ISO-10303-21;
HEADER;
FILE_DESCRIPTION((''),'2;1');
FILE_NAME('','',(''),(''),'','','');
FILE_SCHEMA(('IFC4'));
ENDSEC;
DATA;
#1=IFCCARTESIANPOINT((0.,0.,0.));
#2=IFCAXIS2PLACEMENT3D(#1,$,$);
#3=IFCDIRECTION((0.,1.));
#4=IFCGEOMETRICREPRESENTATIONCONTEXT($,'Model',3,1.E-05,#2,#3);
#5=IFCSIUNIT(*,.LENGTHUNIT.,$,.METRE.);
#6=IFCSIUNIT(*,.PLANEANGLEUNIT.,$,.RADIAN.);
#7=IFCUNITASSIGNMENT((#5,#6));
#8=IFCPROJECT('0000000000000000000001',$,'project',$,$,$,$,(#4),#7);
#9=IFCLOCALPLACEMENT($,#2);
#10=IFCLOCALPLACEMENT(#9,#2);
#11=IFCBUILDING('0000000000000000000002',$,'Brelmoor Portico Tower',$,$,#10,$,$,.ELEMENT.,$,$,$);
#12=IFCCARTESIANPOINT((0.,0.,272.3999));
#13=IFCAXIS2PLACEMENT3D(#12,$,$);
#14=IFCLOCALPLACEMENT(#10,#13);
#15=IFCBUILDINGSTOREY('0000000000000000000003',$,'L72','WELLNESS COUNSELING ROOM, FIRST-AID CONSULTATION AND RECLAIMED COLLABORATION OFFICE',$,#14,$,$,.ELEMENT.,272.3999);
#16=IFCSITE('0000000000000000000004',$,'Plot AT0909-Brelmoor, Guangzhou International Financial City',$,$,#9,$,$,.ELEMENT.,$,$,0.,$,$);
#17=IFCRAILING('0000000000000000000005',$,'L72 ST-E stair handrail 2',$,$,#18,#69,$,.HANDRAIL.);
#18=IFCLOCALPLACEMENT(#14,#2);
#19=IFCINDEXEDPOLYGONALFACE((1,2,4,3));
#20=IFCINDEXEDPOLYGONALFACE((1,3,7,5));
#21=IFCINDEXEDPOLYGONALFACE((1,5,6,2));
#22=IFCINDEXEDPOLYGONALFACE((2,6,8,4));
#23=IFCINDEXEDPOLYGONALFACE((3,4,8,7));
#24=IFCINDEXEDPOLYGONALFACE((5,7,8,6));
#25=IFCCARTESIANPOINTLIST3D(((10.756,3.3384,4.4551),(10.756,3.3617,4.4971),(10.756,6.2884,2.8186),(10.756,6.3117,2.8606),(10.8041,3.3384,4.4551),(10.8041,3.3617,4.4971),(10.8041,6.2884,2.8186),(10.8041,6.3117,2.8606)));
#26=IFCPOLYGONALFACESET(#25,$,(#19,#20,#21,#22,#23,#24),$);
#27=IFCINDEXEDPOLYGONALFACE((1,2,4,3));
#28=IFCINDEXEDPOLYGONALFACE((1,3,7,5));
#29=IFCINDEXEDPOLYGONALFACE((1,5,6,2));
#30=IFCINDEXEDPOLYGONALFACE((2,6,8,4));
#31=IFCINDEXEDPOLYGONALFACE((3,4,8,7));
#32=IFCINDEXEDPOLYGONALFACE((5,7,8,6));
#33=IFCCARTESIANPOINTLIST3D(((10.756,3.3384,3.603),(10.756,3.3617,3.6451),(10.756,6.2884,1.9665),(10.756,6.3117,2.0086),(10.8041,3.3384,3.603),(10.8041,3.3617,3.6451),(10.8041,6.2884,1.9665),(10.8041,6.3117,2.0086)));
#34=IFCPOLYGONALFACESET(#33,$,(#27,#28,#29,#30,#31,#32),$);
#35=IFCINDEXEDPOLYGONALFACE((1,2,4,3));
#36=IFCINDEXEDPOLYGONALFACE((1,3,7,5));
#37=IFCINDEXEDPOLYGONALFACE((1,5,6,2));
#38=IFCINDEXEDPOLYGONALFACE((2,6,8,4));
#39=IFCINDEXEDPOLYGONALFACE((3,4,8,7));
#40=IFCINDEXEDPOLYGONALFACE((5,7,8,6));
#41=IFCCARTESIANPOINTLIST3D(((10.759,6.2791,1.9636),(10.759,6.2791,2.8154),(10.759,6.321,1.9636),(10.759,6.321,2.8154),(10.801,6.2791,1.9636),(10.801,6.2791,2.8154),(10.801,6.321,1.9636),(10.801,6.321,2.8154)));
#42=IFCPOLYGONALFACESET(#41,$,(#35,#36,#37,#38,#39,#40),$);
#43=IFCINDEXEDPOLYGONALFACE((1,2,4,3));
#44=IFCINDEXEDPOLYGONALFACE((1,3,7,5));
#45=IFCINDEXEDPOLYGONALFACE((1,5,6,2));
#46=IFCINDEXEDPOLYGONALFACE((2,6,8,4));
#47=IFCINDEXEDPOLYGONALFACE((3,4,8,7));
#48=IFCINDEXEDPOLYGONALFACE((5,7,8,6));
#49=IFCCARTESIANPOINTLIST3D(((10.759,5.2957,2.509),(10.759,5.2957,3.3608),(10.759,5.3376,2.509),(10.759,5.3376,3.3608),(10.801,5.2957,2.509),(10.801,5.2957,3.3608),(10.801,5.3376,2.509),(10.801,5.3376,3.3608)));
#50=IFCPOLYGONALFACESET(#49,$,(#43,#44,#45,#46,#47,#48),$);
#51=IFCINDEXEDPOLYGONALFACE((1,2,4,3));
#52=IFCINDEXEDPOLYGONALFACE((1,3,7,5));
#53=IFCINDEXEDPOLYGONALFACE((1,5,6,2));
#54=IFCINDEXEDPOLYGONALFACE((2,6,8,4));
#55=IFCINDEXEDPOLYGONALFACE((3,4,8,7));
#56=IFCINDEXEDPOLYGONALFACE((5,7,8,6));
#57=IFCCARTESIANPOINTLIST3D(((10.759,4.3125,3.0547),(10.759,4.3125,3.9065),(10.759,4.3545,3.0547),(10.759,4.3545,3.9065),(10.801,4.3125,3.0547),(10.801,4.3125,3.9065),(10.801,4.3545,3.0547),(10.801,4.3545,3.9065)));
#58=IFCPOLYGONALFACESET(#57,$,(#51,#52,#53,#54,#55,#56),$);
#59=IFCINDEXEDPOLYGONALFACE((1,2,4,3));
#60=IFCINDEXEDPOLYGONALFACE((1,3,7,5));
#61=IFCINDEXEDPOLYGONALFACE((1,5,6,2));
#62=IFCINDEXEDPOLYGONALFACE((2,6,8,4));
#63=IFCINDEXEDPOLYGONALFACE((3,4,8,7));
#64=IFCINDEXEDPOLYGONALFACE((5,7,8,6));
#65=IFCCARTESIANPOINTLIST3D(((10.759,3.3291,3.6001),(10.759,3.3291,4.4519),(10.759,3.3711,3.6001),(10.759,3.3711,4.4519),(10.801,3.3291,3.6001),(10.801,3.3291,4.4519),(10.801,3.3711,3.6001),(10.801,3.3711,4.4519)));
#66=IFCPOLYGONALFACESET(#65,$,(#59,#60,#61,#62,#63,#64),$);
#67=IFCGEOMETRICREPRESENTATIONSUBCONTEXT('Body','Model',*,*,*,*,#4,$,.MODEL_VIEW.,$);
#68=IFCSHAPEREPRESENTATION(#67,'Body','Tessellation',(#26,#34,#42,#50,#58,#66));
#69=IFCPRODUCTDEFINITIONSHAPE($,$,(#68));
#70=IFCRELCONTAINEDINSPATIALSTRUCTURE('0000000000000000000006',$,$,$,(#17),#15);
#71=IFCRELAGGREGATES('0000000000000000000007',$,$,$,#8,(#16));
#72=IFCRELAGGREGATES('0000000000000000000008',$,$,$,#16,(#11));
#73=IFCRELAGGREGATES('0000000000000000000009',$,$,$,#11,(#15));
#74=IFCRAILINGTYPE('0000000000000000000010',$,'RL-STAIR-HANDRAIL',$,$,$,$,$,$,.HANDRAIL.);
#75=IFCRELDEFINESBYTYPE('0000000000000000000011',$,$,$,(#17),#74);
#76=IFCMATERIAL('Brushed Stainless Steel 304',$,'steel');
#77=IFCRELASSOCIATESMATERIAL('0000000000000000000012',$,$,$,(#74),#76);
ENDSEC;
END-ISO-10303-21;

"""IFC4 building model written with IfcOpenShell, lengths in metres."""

from ifc_helpers import new_model, si_unit, direction, frame, origin, origin_2d, place, context, subcontext, project, spatial, rectangle, extrude, material, type_object, element, save


model = new_model("IFC4")

# Units and contexts
model_context = context("Model", 3, precision=1e-05, world=origin(), true_north=direction((0.0, 1.0)))
body_context = subcontext(model_context, "Body", "Model", "MODEL_VIEW")
ifc_project = project(units=[si_unit("LENGTHUNIT", "METRE"), si_unit("PLANEANGLEUNIT", "RADIAN")], contexts=[model_context])

# Site, building, storey
site_placement = place(None, origin())
site = spatial("IfcSite", under=ifc_project, at=site_placement, Name="Plot AT0909-Brelmoor, Guangzhou International Financial City", CompositionType="ELEMENT", RefElevation=0.0)
building_placement = place(site_placement, origin())
building = spatial("IfcBuilding", under=site, at=building_placement, Name="Brelmoor Portico Tower", CompositionType="ELEMENT")
storey_placement = place(building_placement, frame((0.0, 0.0, 272.3999)))
storey = spatial("IfcBuildingStorey", under=building, at=storey_placement, Name="L72", Description="WELLNESS COUNSELING ROOM, FIRST-AID CONSULTATION AND RECLAIMED COLLABORATION OFFICE", CompositionType="ELEMENT", Elevation=272.3999)

# Railing
ifc_material_1 = material(Name="Brushed Stainless Steel 304", Category="steel")
railing_type_1 = type_object("IfcRailingType", Name="RL-STAIR-HANDRAIL", PredefinedType="HANDRAIL", material=ifc_material_1)
railing_1_placement = place(storey_placement, frame((10.78, 6.3, 1.9636)))
element("IfcRailing", 1, at=railing_1_placement, inside=storey, type_object=railing_type_1, Name="L72 ST-E stair handrail 2", PredefinedType="HANDRAIL", context=body_context, shape_type="SweptSolid", body=[
    extrude(rectangle(XDim=0.0481, YDim=0.0481, at=origin_2d()), frame((0.0, 0.0, 0.876), z_axis=(0.0, -0.874458, 0.485102), x_axis=(1.0, 0.0, 0.0)), (0.0, 0.0, 1.0), 3.3735),
    extrude(rectangle(XDim=0.0481, YDim=0.0481, at=origin_2d()), frame((0.0, 0.0, 0.0239), z_axis=(0.0, -0.874458, 0.485102), x_axis=(1.0, 0.0, 0.0)), (0.0, 0.0, 1.0), 3.3735),
    extrude(rectangle(XDim=0.042, YDim=0.042, at=origin_2d()), origin(), (0.0, 0.0, 1.0), 0.8518),
    extrude(rectangle(XDim=0.042, YDim=0.042, at=origin_2d()), frame((0.0, -0.9834, 0.5454)), (0.0, 0.0, 1.0), 0.8518),
    extrude(rectangle(XDim=0.042, YDim=0.042, at=origin_2d()), frame((0.0, -1.9666, 1.0911)), (0.0, 0.0, 1.0), 0.8518),
    extrude(rectangle(XDim=0.042, YDim=0.042, at=origin_2d()), frame((0.0, -2.95, 1.6365)), (0.0, 0.0, 1.0), 0.8518),
])

save(model, "model.ifc")
